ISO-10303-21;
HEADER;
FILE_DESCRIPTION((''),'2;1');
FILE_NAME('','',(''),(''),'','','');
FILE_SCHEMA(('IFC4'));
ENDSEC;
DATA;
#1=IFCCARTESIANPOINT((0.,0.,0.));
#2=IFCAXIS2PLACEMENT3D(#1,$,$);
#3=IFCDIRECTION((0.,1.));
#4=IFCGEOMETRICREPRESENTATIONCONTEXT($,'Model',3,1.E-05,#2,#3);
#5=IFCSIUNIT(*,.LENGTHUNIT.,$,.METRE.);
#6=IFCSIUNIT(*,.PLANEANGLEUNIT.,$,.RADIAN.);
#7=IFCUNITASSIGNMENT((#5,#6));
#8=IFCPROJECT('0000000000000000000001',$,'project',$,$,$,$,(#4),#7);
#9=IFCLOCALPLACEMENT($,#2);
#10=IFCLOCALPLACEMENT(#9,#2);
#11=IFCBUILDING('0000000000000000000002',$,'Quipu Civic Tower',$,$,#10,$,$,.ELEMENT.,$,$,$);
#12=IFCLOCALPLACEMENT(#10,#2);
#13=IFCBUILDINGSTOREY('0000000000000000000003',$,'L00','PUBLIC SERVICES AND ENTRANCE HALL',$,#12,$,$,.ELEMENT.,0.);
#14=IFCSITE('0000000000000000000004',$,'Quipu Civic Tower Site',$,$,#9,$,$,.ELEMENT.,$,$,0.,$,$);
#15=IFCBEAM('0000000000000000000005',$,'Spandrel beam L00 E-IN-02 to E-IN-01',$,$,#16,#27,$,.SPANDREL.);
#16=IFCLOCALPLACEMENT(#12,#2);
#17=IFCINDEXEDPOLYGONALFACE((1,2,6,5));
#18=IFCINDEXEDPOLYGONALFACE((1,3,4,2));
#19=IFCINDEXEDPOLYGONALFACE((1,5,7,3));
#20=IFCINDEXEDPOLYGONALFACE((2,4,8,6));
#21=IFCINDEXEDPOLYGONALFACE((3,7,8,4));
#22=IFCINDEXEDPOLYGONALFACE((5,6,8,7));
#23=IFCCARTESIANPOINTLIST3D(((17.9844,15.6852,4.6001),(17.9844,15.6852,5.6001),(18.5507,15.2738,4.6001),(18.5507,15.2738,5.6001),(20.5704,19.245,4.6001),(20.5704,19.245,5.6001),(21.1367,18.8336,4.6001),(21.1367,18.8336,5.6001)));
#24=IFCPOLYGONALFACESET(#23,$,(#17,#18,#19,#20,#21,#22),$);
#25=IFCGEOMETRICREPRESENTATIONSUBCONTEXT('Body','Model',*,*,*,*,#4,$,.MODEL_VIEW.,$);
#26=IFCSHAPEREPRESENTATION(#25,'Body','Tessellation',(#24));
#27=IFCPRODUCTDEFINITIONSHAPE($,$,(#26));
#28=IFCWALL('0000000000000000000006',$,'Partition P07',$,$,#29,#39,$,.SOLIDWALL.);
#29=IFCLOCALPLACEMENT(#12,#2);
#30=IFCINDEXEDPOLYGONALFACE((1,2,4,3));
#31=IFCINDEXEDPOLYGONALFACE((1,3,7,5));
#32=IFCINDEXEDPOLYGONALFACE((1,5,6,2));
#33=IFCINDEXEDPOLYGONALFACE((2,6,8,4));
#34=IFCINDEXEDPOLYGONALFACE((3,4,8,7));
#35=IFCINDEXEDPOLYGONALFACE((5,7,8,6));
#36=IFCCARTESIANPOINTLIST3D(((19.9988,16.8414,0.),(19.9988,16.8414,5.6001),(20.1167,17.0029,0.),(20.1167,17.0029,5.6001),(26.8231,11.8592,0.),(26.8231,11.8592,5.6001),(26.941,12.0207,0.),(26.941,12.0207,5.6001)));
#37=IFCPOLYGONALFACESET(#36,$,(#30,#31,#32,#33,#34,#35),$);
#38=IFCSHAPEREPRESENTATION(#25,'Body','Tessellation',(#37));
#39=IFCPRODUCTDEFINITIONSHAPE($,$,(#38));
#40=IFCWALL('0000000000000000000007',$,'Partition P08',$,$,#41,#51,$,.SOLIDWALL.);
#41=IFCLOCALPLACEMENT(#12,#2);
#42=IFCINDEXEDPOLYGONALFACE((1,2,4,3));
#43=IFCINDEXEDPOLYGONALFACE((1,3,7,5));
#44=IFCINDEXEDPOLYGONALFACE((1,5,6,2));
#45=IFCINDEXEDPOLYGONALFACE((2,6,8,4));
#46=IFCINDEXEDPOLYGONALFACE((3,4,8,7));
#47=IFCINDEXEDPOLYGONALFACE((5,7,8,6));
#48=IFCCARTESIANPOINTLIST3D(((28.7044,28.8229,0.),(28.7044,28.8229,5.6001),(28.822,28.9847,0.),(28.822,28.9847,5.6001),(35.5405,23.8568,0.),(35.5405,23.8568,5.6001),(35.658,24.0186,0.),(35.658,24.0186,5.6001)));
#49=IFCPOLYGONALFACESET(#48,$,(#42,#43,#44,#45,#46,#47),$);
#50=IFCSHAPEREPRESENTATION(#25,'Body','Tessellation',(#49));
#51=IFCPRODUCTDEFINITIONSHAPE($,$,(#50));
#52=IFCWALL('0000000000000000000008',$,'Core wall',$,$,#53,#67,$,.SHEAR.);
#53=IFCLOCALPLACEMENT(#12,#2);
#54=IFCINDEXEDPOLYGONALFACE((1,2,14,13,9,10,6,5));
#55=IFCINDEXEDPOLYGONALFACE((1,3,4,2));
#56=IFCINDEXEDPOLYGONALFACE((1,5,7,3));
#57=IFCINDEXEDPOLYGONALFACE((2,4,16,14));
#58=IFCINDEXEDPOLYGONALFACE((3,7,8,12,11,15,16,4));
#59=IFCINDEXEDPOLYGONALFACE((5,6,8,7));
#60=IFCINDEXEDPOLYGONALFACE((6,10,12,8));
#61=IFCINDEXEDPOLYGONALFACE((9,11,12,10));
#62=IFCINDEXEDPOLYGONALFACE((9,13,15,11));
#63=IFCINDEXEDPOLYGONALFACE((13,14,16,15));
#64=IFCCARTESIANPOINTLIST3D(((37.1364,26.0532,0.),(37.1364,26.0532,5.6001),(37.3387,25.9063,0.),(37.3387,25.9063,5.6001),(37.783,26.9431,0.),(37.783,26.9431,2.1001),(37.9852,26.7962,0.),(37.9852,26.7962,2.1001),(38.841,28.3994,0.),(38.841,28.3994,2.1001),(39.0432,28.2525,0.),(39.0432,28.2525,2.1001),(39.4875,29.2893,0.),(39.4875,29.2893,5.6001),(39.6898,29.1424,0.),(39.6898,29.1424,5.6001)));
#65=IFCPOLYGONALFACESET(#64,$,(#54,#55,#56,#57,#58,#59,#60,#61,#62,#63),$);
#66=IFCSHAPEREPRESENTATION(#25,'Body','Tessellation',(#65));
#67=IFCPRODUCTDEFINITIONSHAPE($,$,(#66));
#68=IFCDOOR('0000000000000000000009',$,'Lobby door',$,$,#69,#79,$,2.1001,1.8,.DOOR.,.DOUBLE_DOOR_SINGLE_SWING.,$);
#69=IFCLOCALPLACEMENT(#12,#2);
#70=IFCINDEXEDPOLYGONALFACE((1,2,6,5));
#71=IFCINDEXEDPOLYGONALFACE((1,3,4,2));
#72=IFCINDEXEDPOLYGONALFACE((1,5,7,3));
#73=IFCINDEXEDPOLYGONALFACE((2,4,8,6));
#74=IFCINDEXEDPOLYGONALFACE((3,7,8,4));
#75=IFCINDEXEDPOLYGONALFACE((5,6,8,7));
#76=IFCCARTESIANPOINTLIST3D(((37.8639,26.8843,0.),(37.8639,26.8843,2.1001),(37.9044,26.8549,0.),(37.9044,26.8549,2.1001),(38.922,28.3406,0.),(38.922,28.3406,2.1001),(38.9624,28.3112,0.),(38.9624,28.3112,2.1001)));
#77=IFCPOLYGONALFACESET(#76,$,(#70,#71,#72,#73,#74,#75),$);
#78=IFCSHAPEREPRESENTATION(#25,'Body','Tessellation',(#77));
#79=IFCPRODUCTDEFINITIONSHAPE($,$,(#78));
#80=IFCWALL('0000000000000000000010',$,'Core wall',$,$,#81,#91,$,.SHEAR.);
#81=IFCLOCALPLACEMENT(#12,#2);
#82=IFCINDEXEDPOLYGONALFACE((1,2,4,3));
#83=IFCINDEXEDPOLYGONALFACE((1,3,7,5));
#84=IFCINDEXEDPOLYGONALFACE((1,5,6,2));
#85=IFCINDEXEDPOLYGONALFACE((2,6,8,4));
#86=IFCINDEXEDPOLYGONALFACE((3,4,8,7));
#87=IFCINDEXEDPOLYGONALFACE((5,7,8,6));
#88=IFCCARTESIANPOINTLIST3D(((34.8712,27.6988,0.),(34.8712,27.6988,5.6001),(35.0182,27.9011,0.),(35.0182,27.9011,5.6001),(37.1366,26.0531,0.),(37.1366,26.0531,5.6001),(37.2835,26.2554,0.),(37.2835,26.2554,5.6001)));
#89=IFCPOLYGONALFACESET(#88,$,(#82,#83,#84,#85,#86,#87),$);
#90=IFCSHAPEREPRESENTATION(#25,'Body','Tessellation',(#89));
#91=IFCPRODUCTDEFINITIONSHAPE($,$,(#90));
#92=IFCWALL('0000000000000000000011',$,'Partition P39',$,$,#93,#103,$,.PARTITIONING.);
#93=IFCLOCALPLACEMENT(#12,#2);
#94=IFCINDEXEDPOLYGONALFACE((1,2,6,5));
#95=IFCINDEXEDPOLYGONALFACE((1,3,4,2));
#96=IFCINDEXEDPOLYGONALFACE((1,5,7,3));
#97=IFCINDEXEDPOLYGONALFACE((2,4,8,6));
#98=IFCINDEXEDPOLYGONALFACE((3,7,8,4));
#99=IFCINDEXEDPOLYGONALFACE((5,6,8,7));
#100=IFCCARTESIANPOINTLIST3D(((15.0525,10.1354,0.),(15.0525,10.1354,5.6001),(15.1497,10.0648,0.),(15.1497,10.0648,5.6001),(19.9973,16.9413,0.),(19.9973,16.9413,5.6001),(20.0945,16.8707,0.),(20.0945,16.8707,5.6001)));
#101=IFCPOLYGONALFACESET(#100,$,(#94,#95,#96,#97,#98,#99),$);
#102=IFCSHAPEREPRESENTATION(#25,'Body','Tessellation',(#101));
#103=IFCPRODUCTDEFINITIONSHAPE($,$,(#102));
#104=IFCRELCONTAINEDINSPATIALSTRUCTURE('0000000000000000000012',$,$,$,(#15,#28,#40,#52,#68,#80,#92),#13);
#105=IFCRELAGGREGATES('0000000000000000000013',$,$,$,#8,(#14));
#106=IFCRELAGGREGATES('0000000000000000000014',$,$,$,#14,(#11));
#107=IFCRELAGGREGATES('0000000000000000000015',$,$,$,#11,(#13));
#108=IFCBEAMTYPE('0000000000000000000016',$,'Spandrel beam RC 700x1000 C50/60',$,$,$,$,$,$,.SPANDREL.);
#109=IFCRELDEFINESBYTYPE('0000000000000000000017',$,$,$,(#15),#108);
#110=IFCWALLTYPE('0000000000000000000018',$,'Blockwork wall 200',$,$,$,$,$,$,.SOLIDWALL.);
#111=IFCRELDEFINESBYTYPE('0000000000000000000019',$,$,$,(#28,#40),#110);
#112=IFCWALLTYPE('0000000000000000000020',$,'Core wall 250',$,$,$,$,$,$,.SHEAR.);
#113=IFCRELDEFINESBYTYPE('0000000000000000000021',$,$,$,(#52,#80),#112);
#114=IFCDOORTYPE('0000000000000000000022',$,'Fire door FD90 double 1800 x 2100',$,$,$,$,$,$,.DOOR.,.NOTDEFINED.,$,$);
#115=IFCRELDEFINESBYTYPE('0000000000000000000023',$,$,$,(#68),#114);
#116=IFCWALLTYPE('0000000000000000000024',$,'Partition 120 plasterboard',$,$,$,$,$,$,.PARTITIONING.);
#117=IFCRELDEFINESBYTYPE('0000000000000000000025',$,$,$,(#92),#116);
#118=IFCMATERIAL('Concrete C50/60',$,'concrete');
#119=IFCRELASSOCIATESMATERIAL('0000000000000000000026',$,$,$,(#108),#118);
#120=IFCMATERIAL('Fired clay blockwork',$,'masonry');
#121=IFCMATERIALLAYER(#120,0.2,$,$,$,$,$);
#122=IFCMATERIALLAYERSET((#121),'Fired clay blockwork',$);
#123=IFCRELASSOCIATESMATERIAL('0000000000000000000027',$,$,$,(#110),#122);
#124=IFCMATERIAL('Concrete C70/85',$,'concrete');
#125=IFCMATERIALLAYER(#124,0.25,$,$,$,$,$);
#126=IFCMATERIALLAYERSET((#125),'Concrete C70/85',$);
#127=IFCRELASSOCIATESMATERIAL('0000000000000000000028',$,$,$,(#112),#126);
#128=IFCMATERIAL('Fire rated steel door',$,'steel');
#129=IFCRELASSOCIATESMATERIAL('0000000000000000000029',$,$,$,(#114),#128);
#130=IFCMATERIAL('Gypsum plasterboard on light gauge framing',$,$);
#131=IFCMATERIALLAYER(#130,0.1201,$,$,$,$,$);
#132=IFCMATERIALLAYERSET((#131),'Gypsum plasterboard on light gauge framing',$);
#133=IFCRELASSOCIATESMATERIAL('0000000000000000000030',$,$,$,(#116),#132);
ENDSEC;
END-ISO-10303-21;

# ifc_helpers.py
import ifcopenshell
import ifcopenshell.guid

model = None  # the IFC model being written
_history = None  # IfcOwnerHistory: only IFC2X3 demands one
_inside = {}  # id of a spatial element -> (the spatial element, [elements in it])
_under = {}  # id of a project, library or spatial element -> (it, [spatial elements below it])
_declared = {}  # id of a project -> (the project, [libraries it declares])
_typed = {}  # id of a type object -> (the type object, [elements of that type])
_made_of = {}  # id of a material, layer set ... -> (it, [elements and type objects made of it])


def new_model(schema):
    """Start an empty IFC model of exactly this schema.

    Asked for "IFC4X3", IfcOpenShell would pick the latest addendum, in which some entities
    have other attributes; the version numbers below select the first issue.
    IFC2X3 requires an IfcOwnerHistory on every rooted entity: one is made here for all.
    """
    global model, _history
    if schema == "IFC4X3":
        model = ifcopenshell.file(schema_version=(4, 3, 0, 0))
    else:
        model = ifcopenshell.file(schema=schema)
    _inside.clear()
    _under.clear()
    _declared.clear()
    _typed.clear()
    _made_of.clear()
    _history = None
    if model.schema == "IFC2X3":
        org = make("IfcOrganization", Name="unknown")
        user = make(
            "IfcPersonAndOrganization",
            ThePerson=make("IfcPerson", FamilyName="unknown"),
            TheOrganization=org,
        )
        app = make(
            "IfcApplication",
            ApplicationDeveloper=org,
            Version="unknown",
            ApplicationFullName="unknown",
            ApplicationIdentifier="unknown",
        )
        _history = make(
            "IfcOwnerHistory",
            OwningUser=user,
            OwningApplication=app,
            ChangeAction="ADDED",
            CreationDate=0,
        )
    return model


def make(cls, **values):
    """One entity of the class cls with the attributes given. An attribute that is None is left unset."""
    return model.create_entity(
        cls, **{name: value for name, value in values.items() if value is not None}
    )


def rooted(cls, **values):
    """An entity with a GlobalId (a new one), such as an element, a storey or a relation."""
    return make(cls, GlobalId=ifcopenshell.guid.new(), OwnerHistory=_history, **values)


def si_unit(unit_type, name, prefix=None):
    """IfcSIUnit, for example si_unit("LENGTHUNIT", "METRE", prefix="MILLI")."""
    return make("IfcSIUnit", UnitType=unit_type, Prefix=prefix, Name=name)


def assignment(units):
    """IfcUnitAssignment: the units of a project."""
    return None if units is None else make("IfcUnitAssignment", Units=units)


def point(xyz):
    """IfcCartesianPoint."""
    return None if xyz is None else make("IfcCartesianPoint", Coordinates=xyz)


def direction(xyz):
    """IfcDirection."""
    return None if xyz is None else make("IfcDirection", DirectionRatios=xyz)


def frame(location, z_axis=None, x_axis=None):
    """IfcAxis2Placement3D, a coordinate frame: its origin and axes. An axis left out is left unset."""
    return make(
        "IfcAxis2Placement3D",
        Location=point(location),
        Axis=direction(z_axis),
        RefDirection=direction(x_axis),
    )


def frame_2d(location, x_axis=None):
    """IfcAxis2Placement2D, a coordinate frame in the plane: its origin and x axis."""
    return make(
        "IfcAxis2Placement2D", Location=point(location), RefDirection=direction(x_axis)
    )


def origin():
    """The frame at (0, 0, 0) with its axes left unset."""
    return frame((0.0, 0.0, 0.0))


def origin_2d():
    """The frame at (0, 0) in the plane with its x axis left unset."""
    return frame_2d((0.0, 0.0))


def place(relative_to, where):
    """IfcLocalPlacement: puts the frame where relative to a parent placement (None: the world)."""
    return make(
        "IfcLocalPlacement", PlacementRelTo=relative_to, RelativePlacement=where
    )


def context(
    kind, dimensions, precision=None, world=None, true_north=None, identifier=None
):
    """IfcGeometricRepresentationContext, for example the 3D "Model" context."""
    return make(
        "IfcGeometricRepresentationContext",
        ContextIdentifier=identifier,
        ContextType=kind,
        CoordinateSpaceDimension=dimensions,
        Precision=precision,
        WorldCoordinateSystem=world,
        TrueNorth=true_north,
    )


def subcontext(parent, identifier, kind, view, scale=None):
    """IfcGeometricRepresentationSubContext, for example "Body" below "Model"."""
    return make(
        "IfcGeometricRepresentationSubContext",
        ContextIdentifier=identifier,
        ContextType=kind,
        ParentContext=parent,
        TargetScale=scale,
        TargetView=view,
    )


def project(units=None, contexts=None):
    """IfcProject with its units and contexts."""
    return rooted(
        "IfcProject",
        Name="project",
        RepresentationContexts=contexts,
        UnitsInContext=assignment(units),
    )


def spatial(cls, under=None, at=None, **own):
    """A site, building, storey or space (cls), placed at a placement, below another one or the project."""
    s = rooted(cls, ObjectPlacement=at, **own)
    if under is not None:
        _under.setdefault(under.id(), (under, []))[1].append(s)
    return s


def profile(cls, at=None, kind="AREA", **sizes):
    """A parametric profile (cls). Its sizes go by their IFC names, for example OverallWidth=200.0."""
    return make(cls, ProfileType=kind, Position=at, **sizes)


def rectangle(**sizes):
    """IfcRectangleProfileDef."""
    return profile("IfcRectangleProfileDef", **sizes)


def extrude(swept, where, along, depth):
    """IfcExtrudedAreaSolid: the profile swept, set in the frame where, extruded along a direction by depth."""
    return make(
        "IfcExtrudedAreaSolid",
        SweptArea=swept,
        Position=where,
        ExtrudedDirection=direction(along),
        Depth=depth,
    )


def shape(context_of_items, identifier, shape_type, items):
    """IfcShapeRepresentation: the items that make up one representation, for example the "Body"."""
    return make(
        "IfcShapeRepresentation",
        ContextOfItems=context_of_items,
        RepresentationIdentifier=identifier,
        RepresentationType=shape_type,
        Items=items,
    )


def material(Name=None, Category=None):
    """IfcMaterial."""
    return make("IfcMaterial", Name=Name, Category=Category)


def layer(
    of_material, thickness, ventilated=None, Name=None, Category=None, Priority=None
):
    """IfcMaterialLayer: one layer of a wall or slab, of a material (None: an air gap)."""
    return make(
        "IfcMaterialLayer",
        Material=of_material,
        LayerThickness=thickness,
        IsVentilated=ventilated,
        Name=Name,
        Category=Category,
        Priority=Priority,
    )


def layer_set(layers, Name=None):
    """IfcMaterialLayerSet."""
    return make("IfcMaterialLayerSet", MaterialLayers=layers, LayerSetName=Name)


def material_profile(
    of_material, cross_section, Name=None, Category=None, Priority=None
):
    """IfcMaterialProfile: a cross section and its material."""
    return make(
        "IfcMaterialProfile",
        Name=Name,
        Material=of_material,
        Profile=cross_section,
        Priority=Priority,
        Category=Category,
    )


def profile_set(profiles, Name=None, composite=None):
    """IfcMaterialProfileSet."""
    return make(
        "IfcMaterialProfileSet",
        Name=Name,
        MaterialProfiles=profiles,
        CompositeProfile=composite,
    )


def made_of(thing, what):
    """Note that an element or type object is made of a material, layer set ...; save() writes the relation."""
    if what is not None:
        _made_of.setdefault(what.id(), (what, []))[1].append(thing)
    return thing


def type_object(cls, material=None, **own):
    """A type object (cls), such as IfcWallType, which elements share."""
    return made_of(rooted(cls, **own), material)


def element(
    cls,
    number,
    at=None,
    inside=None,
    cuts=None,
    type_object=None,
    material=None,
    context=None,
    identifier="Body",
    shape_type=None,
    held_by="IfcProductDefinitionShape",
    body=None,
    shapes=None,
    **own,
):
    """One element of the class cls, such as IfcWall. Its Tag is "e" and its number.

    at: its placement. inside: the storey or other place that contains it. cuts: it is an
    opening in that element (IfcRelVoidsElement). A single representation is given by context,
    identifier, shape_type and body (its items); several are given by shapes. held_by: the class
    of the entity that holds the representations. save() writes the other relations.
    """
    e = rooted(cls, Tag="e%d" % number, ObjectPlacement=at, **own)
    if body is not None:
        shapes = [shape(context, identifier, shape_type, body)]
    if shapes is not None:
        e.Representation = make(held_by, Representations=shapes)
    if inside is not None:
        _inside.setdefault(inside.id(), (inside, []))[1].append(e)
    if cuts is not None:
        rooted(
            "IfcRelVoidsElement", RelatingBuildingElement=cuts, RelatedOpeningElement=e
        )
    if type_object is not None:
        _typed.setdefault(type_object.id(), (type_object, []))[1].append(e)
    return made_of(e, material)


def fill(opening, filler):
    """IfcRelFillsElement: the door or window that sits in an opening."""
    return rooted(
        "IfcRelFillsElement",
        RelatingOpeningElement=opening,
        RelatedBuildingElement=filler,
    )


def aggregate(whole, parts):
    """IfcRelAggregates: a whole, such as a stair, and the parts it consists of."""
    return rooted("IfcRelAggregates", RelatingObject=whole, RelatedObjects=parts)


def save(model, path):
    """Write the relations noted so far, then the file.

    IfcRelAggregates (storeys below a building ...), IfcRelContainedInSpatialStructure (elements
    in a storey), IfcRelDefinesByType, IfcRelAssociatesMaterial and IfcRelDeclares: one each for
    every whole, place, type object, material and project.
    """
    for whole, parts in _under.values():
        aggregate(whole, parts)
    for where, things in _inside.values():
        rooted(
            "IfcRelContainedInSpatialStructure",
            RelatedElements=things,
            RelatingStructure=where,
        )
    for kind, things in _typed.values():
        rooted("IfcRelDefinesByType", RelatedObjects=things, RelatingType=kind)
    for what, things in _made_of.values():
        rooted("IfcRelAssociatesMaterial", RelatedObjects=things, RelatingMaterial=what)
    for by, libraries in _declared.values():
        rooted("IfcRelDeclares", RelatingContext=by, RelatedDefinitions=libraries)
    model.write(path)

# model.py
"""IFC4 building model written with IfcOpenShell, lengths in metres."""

from ifc_helpers import new_model, si_unit, direction, frame, frame_2d, origin, origin_2d, place, context, subcontext, project, spatial, rectangle, extrude, material, layer, layer_set, material_profile, profile_set, type_object, element, fill, save


model = new_model("IFC4")

# Units and contexts
model_context = context("Model", 3, precision=1e-05, world=origin(), true_north=direction((0.0, 1.0)))
body_context = subcontext(model_context, "Body", "Model", "MODEL_VIEW")
ifc_project = project(units=[si_unit("LENGTHUNIT", "METRE"), si_unit("PLANEANGLEUNIT", "RADIAN")], contexts=[model_context])

# Site, building, storey
site_placement = place(None, origin())
site = spatial("IfcSite", under=ifc_project, at=site_placement, Name="Quipu Civic Tower Site", CompositionType="ELEMENT", RefElevation=0.0)
building_placement = place(site_placement, origin())
building = spatial("IfcBuilding", under=site, at=building_placement, Name="Quipu Civic Tower", CompositionType="ELEMENT")
storey_placement = place(building_placement, origin())
storey = spatial("IfcBuildingStorey", under=building, at=storey_placement, Name="L00", Description="PUBLIC SERVICES AND ENTRANCE HALL", CompositionType="ELEMENT", Elevation=0.0)

# Beam
ifc_material_1 = material(Name="Concrete C50/60", Category="concrete")
ifc_material_profile_1 = material_profile(ifc_material_1, rectangle(XDim=0.7, YDim=1.0, at=origin_2d()), Name="RC700x1000")
ifc_profile_set_1 = profile_set([ifc_material_profile_1], Name="Concrete C50/60")
beam_type = type_object("IfcBeamType", Name="Spandrel beam RC 700x1000 C50/60", PredefinedType="SPANDREL", material=ifc_profile_set_1)
beam_1_placement = place(storey_placement, frame((20.8535, 19.0393, 5.1001), z_axis=(-0.587723, -0.809062, 0.0), x_axis=(0.809062, -0.587723, 0.0)))
element("IfcBeam", 1, at=beam_1_placement, inside=storey, type_object=beam_type, Name="Spandrel beam L00 E-IN-02 to E-IN-01", PredefinedType="SPANDREL", context=body_context, shape_type="SweptSolid", body=[
    extrude(rectangle(XDim=0.7, YDim=1.0, at=origin_2d()), origin(), (0.0, 0.0, 1.0), 4.3999),
])

# Walls
ifc_material_2 = material(Name="Fired clay blockwork", Category="masonry")
ifc_layer_1 = layer(ifc_material_2, 0.2)
ifc_layer_set_1 = layer_set([ifc_layer_1], Name="Fired clay blockwork")
wall_type_1 = type_object("IfcWallType", Name="Blockwork wall 200", PredefinedType="SOLIDWALL", material=ifc_layer_set_1)
for number, where, z_axis, x_axis, name in (
    (2, (20.0579, 16.9221, 0.0), (0.0, 0.0, 1.0), (0.807659, -0.58965, 0.0), "Partition P07"),
    (3, (35.5991, 23.9377, 0.0), (0.0, 0.0, 1.0), (-0.809047, 0.587744, 0.0), "Partition P08"),
):
    element("IfcWall", number, at=place(storey_placement, frame(where, z_axis=z_axis, x_axis=x_axis)), inside=storey, type_object=wall_type_1, Name=name, PredefinedType="SOLIDWALL", context=body_context, shape_type="SweptSolid", body=[
        extrude(rectangle(XDim=8.4495, YDim=0.2, at=frame_2d((4.2246, 0.0))), origin(), (0.0, 0.0, 1.0), 5.6001),
    ])

# Wall, opening, door
ifc_material_3 = material(Name="Concrete C70/85", Category="concrete")
ifc_layer_2 = layer(ifc_material_3, 0.25)
ifc_layer_set_2 = layer_set([ifc_layer_2], Name="Concrete C70/85")
wall_type_2 = type_object("IfcWallType", Name="Core wall 250", PredefinedType="SHEAR", material=ifc_layer_set_2)
wall_1_placement = place(storey_placement, frame((37.2375, 25.9797, 0.0), z_axis=(0.0, 0.0, 1.0), x_axis=(0.587772, 0.809026, 0.0)))
wall_1 = element("IfcWall", 4, at=wall_1_placement, inside=storey, type_object=wall_type_2, Name="Core wall", PredefinedType="SHEAR", context=body_context, shape_type="SweptSolid", body=[
    extrude(rectangle(XDim=4.0, YDim=0.25, at=frame_2d((2.0, 0.0))), origin(), (0.0, 0.0, 1.0), 5.6001),
])
opening_placement = place(wall_1_placement, frame((1.1001, 0.0, 0.0)))
opening = element("IfcOpeningElement", 5, at=opening_placement, cuts=wall_1, PredefinedType="OPENING", context=body_context, shape_type="SweptSolid", body=[
    extrude(rectangle(XDim=1.8, YDim=2.1001, at=frame_2d((0.8999, 1.05))), frame((0.0, 0.135, 0.0), z_axis=(0.0, -1.0, 0.0), x_axis=(1.0, 0.0, 0.0)), (0.0, 0.0, 1.0), 0.27),
])
ifc_material_4 = material(Name="Fire rated steel door", Category="steel")
door_type = type_object("IfcDoorType", Name="Fire door FD90 double 1800 x 2100", OperationType="NOTDEFINED", PredefinedType="DOOR", material=ifc_material_4)
door_placement = place(opening_placement, origin())
door = element("IfcDoor", 6, at=door_placement, inside=storey, type_object=door_type, Name="Lobby door", OperationType="DOUBLE_DOOR_SINGLE_SWING", OverallHeight=2.1001, OverallWidth=1.8, PredefinedType="DOOR", context=body_context, shape_type="SweptSolid", body=[
    extrude(rectangle(XDim=1.8, YDim=2.1001, at=frame_2d((0.8999, 1.05))), frame((0.0, 0.0249, 0.0), z_axis=(0.0, -1.0, 0.0), x_axis=(1.0, 0.0, 0.0)), (0.0, 0.0, 1.0), 0.05),
])
fill(opening, door)

# Walls
wall_2_placement = place(storey_placement, frame((37.21, 26.1543, 0.0), z_axis=(0.0, 0.0, 1.0), x_axis=(-0.809041, 0.587752, 0.0)))
element("IfcWall", 7, at=wall_2_placement, inside=storey, type_object=wall_type_2, Name="Core wall", PredefinedType="SHEAR", context=body_context, shape_type="SweptSolid", body=[
    extrude(rectangle(XDim=2.8, YDim=0.25, at=frame_2d((1.3999, 0.0))), origin(), (0.0, 0.0, 1.0), 5.6001),
])
ifc_material_5 = material(Name="Gypsum plasterboard on light gauge framing")
ifc_layer_3 = layer(ifc_material_5, 0.1201)
ifc_layer_set_3 = layer_set([ifc_layer_3], Name="Gypsum plasterboard on light gauge framing")
wall_type_3 = type_object("IfcWallType", Name="Partition 120 plasterboard", PredefinedType="PARTITIONING", material=ifc_layer_set_3)
wall_3_placement = place(storey_placement, frame((20.0459, 16.906, 0.0), z_axis=(0.0, 0.0, 1.0), x_axis=(-0.587789, -0.809015, 0.0)))
element("IfcWall", 8, at=wall_3_placement, inside=storey, type_object=wall_type_3, Name="Partition P39", PredefinedType="PARTITIONING", context=body_context, shape_type="SweptSolid", body=[
    extrude(rectangle(XDim=8.4126, YDim=0.1201, at=frame_2d((4.2063, 0.0))), origin(), (0.0, 0.0, 1.0), 5.6001),
])

save(model, "model.ifc")
